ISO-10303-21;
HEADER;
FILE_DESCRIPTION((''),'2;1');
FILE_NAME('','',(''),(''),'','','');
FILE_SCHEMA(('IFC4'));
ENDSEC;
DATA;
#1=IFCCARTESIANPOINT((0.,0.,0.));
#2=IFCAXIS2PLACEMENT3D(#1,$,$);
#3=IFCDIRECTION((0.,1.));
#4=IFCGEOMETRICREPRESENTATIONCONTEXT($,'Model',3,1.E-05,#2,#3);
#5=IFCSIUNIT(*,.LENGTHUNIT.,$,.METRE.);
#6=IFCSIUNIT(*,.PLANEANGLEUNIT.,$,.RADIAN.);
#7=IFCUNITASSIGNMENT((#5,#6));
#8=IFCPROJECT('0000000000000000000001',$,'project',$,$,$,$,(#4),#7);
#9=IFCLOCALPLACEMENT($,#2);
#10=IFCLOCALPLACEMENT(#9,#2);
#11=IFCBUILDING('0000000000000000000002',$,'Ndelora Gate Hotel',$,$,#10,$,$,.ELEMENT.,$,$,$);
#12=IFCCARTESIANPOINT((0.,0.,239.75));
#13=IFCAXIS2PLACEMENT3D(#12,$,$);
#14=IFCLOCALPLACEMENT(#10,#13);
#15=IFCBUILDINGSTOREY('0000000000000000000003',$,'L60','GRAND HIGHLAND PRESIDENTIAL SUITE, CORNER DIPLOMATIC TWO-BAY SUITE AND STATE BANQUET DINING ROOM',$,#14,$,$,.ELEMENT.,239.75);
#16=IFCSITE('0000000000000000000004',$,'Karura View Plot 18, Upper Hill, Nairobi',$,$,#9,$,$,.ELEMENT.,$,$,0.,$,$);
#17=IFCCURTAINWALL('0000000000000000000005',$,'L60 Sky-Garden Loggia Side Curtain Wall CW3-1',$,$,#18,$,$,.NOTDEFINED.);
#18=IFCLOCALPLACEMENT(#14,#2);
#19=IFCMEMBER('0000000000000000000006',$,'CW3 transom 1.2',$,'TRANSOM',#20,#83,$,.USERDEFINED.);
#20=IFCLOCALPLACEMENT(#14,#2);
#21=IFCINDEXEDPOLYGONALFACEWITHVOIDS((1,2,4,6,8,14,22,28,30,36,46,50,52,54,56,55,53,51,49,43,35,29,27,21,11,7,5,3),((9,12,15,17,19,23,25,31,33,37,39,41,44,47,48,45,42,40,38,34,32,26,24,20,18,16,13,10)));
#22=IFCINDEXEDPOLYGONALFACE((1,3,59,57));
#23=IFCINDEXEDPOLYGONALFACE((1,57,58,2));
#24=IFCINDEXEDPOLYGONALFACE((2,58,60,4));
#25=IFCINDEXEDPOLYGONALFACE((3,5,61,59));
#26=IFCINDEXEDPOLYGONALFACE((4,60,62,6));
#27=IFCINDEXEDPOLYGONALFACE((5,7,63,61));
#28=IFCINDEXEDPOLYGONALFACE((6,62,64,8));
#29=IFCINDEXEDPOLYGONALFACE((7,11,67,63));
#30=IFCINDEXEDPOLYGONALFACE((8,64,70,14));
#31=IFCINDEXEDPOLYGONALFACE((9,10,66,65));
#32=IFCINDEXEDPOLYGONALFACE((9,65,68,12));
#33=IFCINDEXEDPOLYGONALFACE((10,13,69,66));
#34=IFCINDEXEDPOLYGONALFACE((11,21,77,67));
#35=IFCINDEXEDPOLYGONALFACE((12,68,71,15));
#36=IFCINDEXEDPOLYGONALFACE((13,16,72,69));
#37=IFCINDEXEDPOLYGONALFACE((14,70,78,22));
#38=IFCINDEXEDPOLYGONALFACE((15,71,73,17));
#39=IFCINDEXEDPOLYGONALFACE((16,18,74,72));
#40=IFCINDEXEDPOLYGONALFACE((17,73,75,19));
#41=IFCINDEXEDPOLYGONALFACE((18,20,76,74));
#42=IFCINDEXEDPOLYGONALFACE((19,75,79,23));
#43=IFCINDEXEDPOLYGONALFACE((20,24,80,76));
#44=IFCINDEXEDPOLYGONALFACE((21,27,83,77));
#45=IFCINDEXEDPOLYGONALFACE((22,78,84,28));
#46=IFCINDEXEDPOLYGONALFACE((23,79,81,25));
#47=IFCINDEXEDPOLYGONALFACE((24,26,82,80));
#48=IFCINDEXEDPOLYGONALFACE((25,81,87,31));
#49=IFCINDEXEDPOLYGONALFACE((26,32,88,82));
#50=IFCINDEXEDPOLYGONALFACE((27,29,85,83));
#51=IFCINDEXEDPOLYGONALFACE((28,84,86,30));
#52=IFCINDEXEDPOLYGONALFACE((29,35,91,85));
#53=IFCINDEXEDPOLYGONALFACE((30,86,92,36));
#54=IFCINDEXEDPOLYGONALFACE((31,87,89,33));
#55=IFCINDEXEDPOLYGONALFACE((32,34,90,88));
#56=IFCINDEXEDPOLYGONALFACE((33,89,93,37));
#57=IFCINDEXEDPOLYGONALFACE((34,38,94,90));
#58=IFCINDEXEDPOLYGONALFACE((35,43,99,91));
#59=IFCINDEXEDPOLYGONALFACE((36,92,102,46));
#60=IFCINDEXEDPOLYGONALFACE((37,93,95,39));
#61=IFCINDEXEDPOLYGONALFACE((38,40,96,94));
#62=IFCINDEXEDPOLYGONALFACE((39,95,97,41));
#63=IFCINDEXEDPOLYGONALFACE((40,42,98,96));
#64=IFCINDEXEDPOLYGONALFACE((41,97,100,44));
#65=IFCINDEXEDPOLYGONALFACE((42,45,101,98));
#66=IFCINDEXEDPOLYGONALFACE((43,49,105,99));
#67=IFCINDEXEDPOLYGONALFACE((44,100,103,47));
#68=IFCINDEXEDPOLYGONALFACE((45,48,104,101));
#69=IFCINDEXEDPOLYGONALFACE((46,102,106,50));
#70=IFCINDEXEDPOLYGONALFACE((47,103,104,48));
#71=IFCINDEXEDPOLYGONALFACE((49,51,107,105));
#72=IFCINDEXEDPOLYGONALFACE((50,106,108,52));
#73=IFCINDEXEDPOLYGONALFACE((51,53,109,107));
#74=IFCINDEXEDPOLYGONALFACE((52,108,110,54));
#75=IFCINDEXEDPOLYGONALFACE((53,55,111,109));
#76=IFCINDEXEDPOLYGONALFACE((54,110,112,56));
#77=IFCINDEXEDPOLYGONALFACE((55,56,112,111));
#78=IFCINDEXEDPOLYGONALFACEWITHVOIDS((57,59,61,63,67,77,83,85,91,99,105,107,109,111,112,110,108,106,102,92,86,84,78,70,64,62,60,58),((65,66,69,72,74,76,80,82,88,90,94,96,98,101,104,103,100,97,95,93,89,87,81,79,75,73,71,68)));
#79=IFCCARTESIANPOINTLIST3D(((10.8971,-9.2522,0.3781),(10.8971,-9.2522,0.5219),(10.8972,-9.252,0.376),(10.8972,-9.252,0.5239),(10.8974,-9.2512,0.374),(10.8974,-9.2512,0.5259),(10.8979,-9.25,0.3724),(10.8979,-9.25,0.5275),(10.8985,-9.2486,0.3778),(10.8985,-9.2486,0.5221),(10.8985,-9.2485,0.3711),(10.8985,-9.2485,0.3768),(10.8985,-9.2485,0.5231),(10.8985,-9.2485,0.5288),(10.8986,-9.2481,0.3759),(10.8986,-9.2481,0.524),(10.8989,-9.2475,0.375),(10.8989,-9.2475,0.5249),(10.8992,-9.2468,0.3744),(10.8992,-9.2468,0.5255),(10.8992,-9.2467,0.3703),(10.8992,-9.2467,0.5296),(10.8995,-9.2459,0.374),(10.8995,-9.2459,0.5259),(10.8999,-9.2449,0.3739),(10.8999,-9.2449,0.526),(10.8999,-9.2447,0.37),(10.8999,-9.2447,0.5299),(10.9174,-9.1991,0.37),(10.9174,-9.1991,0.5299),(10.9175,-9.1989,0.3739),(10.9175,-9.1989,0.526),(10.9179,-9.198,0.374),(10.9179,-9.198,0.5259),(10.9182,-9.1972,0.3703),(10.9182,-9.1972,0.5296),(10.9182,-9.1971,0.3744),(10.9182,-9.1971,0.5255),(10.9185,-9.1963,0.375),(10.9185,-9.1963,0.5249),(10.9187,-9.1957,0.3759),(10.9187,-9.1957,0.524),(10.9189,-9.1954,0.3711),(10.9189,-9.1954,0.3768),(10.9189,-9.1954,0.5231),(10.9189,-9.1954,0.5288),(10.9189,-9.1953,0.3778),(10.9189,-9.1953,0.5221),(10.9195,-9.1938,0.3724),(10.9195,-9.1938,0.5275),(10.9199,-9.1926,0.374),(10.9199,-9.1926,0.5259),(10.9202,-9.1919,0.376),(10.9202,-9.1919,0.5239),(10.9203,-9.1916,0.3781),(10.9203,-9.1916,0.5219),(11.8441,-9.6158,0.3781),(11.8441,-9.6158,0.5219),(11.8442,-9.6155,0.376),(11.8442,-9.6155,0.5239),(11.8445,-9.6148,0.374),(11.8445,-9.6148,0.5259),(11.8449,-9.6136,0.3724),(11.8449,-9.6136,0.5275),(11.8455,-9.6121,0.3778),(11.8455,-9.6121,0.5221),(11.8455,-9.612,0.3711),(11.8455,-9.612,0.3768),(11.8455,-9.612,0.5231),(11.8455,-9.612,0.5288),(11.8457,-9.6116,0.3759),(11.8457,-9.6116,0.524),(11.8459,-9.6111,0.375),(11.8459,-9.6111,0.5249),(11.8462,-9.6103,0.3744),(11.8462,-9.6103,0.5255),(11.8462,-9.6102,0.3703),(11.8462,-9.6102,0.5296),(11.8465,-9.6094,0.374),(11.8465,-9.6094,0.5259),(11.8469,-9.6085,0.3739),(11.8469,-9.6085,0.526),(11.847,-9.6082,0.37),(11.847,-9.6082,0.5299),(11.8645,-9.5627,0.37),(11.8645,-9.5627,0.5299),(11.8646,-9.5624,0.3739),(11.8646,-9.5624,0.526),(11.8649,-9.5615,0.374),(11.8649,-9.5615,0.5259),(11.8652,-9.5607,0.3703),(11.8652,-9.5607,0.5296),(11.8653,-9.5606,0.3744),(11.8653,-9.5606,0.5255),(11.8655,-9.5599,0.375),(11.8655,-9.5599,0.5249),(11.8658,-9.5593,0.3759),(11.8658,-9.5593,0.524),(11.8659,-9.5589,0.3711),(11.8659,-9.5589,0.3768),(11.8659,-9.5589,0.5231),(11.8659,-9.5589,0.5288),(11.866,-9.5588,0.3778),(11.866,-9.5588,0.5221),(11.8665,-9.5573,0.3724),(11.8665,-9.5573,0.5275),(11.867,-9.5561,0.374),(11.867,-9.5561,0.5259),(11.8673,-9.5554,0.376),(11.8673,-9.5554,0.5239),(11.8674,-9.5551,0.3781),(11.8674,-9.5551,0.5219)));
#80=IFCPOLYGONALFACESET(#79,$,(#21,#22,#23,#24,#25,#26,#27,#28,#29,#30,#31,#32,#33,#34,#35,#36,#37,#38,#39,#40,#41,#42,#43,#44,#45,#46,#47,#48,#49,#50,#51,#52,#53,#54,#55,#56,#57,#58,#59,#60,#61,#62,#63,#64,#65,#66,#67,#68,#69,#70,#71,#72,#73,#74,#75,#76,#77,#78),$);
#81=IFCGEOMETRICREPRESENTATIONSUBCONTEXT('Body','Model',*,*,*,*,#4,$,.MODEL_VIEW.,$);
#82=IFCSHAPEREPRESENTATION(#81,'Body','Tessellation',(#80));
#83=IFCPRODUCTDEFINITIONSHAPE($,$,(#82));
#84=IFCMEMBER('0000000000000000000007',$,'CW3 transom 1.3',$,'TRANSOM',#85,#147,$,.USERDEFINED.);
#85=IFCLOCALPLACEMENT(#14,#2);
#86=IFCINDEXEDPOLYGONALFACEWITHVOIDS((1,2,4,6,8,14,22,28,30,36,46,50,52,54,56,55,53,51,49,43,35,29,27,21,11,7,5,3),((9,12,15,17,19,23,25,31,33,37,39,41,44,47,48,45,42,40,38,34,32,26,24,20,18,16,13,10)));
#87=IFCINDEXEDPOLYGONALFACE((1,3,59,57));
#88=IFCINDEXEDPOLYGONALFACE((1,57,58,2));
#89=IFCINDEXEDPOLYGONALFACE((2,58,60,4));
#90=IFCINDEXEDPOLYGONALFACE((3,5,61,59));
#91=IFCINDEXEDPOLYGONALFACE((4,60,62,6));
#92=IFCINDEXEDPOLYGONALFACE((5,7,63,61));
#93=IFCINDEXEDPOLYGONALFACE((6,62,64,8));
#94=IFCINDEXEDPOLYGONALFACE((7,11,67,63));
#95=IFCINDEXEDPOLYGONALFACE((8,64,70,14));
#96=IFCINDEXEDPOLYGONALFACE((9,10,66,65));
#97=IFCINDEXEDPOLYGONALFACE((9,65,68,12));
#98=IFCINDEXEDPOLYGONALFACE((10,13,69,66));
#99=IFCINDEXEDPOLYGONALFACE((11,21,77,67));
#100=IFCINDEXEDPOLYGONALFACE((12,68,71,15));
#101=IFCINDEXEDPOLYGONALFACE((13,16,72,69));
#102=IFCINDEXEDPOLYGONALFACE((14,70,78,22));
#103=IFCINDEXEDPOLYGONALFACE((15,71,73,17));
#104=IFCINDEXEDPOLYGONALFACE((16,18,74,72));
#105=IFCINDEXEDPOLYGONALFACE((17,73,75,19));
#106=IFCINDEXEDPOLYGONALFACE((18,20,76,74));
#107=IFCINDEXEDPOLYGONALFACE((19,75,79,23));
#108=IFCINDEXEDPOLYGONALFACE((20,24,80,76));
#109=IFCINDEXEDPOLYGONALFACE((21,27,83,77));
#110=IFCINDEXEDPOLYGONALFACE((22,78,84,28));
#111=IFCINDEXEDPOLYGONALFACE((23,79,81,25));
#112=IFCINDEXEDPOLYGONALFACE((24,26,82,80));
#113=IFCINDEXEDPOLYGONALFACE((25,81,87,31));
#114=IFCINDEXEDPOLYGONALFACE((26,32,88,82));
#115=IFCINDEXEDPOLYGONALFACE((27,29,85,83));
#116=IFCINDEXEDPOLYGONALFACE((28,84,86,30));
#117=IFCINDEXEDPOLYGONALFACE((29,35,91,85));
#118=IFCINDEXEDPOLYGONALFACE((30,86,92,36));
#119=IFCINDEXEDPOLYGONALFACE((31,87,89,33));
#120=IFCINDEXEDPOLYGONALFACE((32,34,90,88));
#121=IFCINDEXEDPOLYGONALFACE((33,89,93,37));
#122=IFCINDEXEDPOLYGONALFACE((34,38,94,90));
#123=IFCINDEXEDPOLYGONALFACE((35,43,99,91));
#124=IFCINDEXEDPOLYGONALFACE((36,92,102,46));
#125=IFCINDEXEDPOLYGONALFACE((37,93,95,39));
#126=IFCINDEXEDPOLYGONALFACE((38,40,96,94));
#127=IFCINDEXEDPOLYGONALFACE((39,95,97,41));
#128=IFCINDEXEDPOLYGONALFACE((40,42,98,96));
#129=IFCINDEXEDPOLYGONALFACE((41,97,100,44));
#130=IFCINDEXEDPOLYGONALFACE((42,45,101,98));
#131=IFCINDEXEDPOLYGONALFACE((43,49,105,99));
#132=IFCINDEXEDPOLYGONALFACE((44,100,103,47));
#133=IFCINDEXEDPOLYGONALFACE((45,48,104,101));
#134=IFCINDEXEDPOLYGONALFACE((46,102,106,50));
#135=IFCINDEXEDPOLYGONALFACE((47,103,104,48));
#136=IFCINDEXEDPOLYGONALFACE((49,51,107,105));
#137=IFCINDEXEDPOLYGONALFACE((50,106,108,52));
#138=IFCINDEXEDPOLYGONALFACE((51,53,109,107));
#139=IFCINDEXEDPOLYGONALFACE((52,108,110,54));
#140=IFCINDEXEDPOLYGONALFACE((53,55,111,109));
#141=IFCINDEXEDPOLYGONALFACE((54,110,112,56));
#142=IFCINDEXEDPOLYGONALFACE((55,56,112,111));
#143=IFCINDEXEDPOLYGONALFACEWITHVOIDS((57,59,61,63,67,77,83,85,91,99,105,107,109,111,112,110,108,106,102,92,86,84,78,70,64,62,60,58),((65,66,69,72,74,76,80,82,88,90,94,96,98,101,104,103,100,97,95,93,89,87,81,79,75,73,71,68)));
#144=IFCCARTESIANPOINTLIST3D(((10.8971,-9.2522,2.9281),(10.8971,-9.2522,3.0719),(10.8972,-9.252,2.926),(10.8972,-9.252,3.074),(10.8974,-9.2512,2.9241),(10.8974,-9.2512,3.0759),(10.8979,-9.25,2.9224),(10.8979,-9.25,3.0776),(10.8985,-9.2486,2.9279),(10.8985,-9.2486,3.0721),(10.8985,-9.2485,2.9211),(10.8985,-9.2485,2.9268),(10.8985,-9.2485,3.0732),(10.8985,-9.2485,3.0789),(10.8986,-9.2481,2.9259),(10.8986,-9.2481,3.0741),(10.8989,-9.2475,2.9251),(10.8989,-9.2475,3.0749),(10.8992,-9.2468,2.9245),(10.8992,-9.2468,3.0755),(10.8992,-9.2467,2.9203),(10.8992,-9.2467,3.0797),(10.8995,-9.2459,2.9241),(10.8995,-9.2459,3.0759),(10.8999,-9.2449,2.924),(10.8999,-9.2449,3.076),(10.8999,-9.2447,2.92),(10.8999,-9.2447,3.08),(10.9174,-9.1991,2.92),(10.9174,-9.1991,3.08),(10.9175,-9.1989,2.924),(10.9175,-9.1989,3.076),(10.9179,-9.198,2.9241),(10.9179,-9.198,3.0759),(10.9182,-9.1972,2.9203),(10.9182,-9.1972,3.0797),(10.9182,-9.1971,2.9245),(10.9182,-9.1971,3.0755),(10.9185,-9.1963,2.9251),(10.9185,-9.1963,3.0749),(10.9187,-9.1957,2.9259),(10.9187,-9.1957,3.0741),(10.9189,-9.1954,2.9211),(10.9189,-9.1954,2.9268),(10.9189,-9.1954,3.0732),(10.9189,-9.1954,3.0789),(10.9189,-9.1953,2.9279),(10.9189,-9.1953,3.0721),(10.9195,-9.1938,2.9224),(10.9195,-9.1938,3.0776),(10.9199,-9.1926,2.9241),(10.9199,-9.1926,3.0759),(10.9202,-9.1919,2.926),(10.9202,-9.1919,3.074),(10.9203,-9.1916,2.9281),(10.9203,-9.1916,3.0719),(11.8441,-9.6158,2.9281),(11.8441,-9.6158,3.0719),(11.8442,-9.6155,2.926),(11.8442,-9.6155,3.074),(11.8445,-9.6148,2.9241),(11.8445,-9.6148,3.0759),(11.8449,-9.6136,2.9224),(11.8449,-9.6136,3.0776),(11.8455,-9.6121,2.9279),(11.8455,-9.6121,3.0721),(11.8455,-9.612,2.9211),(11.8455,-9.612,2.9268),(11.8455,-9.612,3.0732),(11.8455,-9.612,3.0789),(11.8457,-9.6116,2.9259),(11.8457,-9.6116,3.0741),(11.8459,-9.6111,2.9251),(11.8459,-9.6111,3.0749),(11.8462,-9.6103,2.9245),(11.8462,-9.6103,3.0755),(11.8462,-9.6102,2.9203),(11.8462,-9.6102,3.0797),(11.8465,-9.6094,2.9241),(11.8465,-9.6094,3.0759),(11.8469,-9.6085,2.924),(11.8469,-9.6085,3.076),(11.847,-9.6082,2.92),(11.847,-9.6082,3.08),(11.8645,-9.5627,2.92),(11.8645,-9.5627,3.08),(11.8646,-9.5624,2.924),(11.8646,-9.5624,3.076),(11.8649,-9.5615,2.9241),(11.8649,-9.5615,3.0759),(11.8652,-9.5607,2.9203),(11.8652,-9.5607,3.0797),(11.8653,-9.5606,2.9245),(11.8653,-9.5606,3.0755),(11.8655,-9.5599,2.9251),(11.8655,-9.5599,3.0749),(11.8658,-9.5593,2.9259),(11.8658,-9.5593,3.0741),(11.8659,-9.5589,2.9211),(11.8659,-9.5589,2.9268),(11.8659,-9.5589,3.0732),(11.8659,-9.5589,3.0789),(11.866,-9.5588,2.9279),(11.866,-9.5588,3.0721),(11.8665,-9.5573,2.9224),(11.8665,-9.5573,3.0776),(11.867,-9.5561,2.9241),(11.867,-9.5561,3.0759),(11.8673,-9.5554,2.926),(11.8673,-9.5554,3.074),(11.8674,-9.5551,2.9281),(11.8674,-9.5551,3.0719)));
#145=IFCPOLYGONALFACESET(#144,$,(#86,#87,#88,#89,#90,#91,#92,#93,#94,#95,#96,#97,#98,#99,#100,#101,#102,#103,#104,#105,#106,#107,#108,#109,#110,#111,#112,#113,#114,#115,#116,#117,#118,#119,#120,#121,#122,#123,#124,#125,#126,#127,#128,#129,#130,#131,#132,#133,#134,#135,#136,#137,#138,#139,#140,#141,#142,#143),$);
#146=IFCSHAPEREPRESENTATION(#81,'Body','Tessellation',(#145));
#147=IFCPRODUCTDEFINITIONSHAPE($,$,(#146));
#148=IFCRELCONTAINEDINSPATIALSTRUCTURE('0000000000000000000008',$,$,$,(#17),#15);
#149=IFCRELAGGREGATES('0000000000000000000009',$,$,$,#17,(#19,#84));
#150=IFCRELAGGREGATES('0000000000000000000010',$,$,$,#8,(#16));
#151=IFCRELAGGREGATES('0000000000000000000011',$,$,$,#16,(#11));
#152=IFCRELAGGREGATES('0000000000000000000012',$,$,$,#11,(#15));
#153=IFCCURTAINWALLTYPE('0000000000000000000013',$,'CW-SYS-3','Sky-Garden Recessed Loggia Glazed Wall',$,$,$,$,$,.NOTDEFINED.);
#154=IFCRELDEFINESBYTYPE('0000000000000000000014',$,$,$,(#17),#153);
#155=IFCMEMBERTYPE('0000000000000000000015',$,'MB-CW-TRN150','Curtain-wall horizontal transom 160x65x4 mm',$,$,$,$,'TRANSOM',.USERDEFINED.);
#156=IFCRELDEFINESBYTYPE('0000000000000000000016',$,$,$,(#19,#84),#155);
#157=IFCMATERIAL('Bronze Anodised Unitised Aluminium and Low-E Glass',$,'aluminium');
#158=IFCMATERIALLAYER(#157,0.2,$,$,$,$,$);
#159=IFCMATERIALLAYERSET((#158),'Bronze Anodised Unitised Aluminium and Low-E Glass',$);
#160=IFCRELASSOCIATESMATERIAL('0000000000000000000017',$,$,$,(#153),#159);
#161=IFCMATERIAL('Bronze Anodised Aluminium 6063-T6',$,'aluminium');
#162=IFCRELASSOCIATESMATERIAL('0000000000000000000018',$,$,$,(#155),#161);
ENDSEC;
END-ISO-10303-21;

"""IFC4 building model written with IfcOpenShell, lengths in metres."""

from ifc_helpers import new_model, si_unit, direction, frame, origin, origin_2d, place, context, subcontext, project, spatial, hollow_rectangle, extrude, material, layer, layer_set, material_profile, profile_set, type_object, element, aggregate, save


model = new_model("IFC4")

# Units and contexts
model_context = context("Model", 3, precision=1e-05, world=origin(), true_north=direction((0.0, 1.0)))
body_context = subcontext(model_context, "Body", "Model", "MODEL_VIEW")
ifc_project = project(units=[si_unit("LENGTHUNIT", "METRE"), si_unit("PLANEANGLEUNIT", "RADIAN")], contexts=[model_context])

# Site, building, storey
site_placement = place(None, origin())
site = spatial("IfcSite", under=ifc_project, at=site_placement, Name="Karura View Plot 18, Upper Hill, Nairobi", CompositionType="ELEMENT", RefElevation=0.0)
building_placement = place(site_placement, origin())
building = spatial("IfcBuilding", under=site, at=building_placement, Name="Ndelora Gate Hotel", CompositionType="ELEMENT")
storey_placement = place(building_placement, frame((0.0, 0.0, 239.75)))
storey = spatial("IfcBuildingStorey", under=building, at=storey_placement, Name="L60", Description="GRAND HIGHLAND PRESIDENTIAL SUITE, CORNER DIPLOMATIC TWO-BAY SUITE AND STATE BANQUET DINING ROOM", CompositionType="ELEMENT", Elevation=239.75)

# Curtain wall, members
ifc_material_1 = material(Name="Bronze Anodised Unitised Aluminium and Low-E Glass", Category="aluminium")
ifc_layer_1 = layer(ifc_material_1, 0.2)
ifc_layer_set_1 = layer_set([ifc_layer_1], Name="Bronze Anodised Unitised Aluminium and Low-E Glass")
curtain_wall_type = type_object("IfcCurtainWallType", Name="CW-SYS-3", Description="Sky-Garden Recessed Loggia Glazed Wall", PredefinedType="NOTDEFINED", material=ifc_layer_set_1)
curtain_wall_placement = place(storey_placement, origin())
curtain_wall = element("IfcCurtainWall", 1, at=curtain_wall_placement, inside=storey, type_object=curtain_wall_type, Name="L60 Sky-Garden Loggia Side Curtain Wall CW3-1", PredefinedType="NOTDEFINED")
ifc_material_2 = material(Name="Bronze Anodised Aluminium 6063-T6", Category="aluminium")
ifc_material_profile_1 = material_profile(ifc_material_2, hollow_rectangle(XDim=0.0649, YDim=0.1599, WallThickness=0.0039, InnerFilletRadius=0.0039, OuterFilletRadius=0.0081, at=origin_2d()), Name="ALU 160x65x4")
ifc_profile_set_1 = profile_set([ifc_material_profile_1], Name="Bronze Anodised Aluminium 6063-T6")
member_type_1 = type_object("IfcMemberType", Name="MB-CW-TRN150", Description="Curtain-wall horizontal transom 160x65x4 mm", ElementType="TRANSOM", PredefinedType="USERDEFINED", material=ifc_profile_set_1)
member_1_placement = place(storey_placement, frame((10.9087, -9.2219, 0.45), z_axis=(0.933581, -0.358366, 0.0), x_axis=(0.358366, 0.933581, 0.0)))
member_1 = element("IfcMember", 2, at=member_1_placement, type_object=member_type_1, Name="CW3 transom 1.2", ObjectType="TRANSOM", PredefinedType="USERDEFINED", context=body_context, shape_type="SweptSolid", body=[
    extrude(hollow_rectangle(XDim=0.0649, YDim=0.1599, WallThickness=0.0039, InnerFilletRadius=0.0039, OuterFilletRadius=0.0081, at=origin_2d()), origin(), (0.0, 0.0, 1.0), 1.0144),
])
member_2_placement = place(storey_placement, frame((10.9087, -9.2219, 3.0), z_axis=(0.933581, -0.358366, 0.0), x_axis=(0.358366, 0.933581, 0.0)))
member_2 = element("IfcMember", 3, at=member_2_placement, type_object=member_type_1, Name="CW3 transom 1.3", ObjectType="TRANSOM", PredefinedType="USERDEFINED", context=body_context, shape_type="SweptSolid", body=[
    extrude(hollow_rectangle(XDim=0.0649, YDim=0.1599, WallThickness=0.0039, InnerFilletRadius=0.0039, OuterFilletRadius=0.0081, at=origin_2d()), origin(), (0.0, 0.0, 1.0), 1.0144),
])
aggregate(curtain_wall, [member_1, member_2])

save(model, "model.ifc")
